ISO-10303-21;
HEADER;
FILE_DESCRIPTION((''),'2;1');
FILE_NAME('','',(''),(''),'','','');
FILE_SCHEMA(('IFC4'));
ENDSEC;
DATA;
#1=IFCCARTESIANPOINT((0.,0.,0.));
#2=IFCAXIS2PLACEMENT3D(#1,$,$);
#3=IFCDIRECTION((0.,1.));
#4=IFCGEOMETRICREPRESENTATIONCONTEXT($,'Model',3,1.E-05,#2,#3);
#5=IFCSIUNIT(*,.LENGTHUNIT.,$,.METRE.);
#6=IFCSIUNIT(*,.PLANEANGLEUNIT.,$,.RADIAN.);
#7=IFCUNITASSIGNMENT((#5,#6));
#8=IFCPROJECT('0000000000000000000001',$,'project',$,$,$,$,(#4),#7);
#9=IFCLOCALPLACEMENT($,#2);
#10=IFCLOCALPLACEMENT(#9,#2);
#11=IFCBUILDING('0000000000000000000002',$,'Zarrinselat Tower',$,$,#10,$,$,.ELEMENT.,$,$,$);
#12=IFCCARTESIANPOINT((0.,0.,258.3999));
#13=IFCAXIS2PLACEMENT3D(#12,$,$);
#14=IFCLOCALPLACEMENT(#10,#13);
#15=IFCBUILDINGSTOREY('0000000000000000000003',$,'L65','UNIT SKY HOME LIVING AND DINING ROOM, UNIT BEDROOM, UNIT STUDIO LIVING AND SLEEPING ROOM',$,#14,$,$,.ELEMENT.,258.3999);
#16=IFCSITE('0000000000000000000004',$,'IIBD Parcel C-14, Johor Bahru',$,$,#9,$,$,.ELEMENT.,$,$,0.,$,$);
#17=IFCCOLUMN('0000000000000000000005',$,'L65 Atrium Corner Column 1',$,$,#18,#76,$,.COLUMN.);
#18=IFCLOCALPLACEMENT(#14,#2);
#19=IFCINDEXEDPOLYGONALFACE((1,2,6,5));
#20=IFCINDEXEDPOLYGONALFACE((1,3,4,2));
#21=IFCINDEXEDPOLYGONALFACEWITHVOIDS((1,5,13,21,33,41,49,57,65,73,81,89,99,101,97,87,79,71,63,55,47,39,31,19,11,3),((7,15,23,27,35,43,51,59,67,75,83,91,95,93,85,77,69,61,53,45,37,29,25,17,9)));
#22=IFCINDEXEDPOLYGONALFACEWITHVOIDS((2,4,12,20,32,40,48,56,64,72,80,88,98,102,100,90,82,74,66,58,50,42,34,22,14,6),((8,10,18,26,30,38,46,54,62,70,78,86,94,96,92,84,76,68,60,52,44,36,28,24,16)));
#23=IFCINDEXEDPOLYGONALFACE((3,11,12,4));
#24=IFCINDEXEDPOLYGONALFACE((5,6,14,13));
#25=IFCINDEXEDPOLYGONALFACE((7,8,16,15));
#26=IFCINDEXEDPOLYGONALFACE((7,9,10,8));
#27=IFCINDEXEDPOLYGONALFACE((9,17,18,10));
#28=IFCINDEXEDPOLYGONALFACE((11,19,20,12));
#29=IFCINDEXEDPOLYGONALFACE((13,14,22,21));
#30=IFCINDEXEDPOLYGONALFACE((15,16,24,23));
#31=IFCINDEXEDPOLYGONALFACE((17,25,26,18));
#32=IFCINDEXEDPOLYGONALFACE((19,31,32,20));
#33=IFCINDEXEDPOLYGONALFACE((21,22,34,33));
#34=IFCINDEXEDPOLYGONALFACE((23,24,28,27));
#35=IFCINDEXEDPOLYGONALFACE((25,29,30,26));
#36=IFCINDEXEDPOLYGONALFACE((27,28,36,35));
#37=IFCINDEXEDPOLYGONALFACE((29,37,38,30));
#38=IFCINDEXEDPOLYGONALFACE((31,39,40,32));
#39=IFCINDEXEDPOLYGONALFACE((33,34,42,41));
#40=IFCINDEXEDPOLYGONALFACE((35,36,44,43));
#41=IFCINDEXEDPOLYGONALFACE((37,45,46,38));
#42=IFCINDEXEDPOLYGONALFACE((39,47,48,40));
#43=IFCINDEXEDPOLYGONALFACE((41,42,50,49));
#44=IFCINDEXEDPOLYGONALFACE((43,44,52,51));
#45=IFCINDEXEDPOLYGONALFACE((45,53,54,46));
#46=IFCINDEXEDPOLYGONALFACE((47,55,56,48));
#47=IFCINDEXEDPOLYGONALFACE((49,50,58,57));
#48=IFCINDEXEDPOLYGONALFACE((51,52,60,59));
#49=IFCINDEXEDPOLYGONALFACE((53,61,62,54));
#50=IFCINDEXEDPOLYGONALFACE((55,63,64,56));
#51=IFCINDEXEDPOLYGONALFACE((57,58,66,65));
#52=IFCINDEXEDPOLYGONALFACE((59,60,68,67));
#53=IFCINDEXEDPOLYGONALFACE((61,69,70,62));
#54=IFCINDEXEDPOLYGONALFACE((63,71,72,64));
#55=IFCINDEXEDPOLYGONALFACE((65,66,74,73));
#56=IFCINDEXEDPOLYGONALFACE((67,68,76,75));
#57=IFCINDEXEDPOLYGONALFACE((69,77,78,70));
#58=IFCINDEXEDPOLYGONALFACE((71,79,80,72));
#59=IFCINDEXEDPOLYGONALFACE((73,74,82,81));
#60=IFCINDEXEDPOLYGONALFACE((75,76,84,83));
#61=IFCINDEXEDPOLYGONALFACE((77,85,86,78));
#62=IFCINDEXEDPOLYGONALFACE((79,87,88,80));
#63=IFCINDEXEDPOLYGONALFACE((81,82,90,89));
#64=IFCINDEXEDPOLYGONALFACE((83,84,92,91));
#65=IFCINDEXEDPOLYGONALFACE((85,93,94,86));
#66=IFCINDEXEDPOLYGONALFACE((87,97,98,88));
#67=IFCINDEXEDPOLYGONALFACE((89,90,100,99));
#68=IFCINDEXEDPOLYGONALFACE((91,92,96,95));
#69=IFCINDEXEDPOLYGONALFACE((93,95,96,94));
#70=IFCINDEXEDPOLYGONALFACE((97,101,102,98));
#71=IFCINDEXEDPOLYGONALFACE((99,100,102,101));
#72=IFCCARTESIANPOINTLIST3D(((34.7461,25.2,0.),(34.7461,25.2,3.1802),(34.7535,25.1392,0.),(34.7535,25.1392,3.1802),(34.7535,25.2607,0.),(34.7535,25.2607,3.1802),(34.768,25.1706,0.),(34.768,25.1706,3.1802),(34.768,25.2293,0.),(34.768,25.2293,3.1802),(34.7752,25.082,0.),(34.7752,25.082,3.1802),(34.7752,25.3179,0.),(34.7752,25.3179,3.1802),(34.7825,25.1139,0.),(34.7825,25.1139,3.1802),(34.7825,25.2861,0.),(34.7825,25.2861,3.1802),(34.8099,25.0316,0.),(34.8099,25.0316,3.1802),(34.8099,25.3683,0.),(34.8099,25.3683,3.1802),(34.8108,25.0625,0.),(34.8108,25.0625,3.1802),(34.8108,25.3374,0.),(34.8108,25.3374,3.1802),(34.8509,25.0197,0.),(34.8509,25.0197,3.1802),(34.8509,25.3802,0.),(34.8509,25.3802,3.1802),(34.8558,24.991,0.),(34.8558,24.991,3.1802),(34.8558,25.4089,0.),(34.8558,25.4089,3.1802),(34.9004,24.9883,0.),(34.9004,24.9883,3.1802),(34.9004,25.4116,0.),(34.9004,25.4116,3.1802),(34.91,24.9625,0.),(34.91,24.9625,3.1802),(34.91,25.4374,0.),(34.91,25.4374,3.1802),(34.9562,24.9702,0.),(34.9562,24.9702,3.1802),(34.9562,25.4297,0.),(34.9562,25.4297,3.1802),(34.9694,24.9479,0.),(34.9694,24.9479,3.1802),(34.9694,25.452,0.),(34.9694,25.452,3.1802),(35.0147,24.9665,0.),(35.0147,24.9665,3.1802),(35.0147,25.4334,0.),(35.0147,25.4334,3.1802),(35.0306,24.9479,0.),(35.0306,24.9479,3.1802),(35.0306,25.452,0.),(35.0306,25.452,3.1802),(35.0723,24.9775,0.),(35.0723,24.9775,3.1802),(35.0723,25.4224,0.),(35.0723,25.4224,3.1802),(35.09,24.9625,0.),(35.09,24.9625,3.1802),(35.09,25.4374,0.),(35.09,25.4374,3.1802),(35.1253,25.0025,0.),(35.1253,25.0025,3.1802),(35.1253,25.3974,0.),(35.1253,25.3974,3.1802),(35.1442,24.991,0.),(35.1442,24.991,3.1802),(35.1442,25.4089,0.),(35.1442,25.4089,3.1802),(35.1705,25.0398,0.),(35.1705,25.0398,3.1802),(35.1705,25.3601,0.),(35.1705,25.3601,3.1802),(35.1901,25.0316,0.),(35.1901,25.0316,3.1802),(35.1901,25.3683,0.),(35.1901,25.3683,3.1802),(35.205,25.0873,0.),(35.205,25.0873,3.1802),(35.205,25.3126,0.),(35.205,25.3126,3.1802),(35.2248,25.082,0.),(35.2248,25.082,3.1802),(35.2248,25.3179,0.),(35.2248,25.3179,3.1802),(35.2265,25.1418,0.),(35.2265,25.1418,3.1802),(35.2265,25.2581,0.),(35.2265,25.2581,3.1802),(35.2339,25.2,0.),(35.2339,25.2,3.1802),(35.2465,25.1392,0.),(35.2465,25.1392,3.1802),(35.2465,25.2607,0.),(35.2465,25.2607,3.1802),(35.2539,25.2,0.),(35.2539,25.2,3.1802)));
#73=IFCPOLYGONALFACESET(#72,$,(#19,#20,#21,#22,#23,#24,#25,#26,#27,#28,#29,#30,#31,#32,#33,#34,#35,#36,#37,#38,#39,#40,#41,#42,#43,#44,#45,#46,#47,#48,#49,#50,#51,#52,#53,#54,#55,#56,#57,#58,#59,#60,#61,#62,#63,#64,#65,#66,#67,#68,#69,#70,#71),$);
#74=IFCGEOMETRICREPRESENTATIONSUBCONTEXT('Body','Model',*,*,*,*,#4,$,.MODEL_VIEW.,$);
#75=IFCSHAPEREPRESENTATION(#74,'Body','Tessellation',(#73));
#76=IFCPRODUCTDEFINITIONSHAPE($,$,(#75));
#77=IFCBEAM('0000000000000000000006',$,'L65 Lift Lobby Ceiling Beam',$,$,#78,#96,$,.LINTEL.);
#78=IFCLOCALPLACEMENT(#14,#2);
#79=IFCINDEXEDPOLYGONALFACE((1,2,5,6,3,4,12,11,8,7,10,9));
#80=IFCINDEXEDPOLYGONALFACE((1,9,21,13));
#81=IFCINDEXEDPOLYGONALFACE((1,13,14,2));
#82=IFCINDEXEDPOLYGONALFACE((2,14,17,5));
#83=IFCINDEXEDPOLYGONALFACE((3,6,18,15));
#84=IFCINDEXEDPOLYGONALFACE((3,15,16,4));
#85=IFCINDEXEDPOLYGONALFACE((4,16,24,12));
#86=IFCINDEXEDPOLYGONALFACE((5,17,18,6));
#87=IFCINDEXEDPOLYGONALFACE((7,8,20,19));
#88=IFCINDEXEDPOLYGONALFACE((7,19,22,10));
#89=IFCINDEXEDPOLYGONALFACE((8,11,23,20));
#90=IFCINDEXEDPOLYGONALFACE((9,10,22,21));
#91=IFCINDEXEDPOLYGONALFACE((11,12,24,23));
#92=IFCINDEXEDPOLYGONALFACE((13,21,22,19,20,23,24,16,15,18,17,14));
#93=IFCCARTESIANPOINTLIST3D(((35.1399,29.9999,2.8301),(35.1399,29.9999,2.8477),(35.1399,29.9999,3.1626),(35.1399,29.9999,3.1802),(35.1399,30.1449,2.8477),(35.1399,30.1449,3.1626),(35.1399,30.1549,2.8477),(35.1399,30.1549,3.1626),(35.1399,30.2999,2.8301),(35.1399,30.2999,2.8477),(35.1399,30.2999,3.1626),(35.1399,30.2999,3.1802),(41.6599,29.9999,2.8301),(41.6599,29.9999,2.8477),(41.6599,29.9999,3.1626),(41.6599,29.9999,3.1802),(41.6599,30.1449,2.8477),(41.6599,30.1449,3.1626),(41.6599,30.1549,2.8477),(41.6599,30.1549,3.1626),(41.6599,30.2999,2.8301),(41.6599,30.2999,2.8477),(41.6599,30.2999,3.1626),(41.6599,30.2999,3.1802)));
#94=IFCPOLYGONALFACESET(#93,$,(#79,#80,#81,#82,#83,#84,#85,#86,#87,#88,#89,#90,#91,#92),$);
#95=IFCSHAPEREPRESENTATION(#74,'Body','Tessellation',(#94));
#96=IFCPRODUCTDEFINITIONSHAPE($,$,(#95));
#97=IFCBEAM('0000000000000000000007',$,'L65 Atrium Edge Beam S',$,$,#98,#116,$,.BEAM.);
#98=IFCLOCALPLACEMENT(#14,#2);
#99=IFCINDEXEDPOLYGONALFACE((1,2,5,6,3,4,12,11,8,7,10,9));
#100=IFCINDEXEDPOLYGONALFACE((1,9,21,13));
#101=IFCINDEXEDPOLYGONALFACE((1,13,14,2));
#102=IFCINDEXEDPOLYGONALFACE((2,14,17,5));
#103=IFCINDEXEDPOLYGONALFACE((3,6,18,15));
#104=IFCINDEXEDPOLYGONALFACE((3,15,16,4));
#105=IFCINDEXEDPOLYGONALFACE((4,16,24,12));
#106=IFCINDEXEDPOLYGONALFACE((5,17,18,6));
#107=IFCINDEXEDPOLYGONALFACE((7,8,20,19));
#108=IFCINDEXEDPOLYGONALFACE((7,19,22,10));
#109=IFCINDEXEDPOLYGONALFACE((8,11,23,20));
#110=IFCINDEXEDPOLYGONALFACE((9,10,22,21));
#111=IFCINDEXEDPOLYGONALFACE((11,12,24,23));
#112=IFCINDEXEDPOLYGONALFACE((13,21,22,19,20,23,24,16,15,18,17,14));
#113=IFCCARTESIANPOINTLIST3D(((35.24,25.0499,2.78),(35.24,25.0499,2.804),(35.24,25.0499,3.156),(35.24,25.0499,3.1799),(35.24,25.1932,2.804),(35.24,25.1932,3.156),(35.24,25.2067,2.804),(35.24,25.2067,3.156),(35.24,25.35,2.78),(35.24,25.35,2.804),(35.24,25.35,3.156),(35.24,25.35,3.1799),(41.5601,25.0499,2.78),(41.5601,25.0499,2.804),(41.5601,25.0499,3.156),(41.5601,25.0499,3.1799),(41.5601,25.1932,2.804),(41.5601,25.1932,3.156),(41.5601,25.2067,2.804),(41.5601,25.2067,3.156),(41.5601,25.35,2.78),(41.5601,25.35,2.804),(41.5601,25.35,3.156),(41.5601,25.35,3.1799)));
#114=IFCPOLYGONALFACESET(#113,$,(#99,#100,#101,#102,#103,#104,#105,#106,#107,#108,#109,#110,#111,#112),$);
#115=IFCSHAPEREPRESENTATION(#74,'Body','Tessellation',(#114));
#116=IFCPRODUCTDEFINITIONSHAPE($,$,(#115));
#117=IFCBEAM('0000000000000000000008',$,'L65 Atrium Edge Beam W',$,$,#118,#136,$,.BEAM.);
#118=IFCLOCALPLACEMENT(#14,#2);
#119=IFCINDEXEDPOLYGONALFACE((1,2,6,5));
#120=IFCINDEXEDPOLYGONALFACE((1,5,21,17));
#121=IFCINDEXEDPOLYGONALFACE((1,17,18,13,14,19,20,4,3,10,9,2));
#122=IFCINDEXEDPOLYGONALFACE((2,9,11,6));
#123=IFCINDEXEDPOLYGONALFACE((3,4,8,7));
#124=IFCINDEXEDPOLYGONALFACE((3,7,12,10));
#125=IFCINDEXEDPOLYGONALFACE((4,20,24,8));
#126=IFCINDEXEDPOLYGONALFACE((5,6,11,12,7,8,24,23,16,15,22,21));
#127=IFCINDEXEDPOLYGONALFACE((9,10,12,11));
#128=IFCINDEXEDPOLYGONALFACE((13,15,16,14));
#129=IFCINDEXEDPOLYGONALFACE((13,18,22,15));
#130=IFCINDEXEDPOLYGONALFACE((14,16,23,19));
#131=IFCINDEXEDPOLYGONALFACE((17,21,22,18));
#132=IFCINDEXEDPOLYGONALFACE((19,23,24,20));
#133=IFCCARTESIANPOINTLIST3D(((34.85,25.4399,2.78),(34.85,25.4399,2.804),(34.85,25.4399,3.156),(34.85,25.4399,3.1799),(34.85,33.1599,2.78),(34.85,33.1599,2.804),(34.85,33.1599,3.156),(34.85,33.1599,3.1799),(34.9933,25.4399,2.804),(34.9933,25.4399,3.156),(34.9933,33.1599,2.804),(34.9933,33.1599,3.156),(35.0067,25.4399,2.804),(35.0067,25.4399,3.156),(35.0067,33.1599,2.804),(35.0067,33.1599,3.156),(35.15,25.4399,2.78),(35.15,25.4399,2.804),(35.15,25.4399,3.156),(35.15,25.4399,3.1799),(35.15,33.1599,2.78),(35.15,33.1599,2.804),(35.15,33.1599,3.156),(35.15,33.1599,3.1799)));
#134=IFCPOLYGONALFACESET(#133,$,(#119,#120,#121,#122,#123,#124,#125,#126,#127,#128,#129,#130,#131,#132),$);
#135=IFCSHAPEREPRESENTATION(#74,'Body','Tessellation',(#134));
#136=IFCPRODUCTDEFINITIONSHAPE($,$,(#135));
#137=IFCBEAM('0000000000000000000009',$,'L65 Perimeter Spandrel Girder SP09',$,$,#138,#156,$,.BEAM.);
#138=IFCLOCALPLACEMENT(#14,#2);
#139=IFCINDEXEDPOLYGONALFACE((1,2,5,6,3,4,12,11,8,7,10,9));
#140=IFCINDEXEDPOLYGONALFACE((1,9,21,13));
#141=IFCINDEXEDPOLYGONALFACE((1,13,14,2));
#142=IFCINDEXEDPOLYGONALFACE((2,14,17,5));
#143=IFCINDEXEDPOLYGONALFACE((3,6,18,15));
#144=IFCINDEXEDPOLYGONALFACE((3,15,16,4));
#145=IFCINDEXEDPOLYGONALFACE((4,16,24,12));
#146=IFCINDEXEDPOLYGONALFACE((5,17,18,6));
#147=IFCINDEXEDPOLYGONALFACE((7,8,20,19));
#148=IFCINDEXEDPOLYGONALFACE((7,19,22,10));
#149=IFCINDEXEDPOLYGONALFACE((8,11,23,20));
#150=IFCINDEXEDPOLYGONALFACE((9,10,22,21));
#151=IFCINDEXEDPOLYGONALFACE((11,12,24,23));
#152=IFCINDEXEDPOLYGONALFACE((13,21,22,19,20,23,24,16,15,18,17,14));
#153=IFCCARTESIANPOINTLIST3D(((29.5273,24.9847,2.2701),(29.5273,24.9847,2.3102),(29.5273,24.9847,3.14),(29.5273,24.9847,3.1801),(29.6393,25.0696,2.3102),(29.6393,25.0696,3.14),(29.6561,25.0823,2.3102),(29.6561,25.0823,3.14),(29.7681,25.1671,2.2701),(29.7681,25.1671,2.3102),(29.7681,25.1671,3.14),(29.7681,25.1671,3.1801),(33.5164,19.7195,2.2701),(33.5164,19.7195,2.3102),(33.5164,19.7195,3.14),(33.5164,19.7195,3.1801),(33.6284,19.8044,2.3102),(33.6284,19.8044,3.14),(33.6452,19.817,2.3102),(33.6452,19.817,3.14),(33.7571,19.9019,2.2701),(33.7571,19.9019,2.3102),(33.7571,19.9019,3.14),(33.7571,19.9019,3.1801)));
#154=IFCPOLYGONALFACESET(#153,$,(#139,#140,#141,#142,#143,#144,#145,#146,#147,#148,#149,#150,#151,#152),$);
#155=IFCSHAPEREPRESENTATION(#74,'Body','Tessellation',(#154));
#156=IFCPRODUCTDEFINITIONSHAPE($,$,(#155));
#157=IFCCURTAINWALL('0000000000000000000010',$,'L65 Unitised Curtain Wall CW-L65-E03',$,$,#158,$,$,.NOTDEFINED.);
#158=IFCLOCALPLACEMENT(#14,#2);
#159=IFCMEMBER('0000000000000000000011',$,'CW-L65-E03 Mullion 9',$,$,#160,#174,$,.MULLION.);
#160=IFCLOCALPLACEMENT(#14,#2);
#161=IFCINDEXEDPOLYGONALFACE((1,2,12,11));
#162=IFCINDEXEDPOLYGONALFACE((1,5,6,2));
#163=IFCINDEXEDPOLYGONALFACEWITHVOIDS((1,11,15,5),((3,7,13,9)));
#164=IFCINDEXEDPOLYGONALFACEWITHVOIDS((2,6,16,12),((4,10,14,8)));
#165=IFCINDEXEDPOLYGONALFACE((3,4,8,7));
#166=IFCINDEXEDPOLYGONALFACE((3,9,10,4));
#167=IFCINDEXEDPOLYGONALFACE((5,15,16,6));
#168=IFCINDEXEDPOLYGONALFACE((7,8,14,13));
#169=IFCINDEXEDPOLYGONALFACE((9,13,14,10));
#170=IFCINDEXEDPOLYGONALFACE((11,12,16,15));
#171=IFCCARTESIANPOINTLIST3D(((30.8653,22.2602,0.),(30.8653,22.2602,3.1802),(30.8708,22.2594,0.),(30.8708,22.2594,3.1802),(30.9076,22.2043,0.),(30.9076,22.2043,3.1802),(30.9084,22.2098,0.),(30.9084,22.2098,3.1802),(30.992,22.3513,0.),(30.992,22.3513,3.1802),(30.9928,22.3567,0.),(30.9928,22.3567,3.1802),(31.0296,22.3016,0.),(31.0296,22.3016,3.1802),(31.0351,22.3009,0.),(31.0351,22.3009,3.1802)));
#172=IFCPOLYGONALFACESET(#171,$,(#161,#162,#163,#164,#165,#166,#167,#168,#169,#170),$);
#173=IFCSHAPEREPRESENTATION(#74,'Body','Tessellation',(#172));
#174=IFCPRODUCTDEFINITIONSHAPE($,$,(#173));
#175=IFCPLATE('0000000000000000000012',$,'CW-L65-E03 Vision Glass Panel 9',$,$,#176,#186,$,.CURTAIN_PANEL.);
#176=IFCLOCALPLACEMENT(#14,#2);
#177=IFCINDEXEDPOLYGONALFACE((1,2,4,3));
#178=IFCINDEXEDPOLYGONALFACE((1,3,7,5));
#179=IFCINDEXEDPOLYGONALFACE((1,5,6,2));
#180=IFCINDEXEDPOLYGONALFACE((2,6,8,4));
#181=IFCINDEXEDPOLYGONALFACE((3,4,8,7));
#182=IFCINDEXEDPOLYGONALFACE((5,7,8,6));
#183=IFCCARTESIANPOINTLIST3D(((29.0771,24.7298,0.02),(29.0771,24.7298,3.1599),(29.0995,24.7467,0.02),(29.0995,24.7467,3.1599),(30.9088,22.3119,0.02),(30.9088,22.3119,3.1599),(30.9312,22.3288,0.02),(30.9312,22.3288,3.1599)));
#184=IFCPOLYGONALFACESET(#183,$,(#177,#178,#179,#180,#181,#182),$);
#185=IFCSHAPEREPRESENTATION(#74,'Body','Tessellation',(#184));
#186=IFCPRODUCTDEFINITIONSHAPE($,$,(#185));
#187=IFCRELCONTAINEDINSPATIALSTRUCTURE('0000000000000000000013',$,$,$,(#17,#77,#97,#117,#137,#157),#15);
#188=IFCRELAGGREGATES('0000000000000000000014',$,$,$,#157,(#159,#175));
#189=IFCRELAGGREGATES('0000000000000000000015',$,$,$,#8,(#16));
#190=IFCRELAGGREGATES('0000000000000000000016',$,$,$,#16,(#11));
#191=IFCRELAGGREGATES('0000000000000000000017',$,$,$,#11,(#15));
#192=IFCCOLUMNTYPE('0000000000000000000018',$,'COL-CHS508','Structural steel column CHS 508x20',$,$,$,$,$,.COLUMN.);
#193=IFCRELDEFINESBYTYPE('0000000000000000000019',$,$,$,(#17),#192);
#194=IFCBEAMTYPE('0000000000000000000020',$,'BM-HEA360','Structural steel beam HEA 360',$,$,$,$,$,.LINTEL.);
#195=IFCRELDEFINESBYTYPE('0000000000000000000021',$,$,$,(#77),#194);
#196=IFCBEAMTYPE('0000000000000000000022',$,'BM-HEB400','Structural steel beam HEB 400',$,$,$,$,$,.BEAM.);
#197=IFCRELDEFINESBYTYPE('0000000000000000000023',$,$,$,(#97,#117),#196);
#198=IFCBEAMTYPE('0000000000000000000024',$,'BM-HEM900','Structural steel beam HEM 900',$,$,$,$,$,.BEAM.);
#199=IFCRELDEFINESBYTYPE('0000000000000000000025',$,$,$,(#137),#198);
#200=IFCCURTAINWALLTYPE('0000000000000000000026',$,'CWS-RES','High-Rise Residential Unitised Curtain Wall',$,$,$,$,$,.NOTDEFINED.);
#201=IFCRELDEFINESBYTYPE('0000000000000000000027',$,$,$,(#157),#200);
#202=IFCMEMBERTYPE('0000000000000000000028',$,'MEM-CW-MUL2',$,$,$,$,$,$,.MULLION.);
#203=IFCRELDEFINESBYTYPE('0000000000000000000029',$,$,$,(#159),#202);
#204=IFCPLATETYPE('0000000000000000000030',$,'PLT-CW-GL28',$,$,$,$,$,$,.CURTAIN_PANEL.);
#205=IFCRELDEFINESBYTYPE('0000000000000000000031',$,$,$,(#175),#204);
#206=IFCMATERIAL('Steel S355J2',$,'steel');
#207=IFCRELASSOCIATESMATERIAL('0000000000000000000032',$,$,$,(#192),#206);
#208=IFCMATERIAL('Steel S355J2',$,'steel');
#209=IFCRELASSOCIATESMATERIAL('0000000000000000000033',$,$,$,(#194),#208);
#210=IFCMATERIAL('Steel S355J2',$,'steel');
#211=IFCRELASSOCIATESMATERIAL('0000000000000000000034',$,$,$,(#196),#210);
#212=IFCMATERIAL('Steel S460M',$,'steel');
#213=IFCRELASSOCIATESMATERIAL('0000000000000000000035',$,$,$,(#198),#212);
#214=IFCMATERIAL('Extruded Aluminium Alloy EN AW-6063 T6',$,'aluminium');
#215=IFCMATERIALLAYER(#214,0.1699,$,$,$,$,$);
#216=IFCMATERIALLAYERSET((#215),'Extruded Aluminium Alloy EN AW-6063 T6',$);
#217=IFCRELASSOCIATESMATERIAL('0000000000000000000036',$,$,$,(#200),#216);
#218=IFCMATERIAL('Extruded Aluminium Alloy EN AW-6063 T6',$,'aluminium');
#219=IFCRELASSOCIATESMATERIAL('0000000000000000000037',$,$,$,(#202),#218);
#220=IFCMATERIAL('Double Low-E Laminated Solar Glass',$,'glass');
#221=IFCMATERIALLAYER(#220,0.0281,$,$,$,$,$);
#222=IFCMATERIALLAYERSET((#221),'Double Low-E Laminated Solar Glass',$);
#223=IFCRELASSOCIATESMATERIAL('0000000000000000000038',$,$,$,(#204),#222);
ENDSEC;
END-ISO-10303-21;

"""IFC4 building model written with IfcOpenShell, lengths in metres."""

from ifc_helpers import new_model, si_unit, direction, frame, origin, origin_2d, place, context, subcontext, project, spatial, rectangle, hollow_rectangle, hollow_circle, i_section, extrude, material, layer, layer_set, material_profile, profile_set, type_object, element, aggregate, save


model = new_model("IFC4")

# Units and contexts
model_context = context("Model", 3, precision=1e-05, world=origin(), true_north=direction((0.0, 1.0)))
body_context = subcontext(model_context, "Body", "Model", "MODEL_VIEW")
ifc_project = project(units=[si_unit("LENGTHUNIT", "METRE"), si_unit("PLANEANGLEUNIT", "RADIAN")], contexts=[model_context])

# Site, building, storey
site_placement = place(None, origin())
site = spatial("IfcSite", under=ifc_project, at=site_placement, Name="IIBD Parcel C-14, Johor Bahru", CompositionType="ELEMENT", RefElevation=0.0)
building_placement = place(site_placement, origin())
building = spatial("IfcBuilding", under=site, at=building_placement, Name="Zarrinselat Tower", CompositionType="ELEMENT")
storey_placement = place(building_placement, frame((0.0, 0.0, 258.3999)))
storey = spatial("IfcBuildingStorey", under=building, at=storey_placement, Name="L65", Description="UNIT SKY HOME LIVING AND DINING ROOM, UNIT BEDROOM, UNIT STUDIO LIVING AND SLEEPING ROOM", CompositionType="ELEMENT", Elevation=258.3999)

# Column
ifc_material_1 = material(Name="Steel S355J2", Category="steel")
ifc_material_profile_1 = material_profile(ifc_material_1, hollow_circle(Radius=0.2539, WallThickness=0.02, at=origin_2d()), Name="CHS 508x20")
ifc_profile_set_1 = profile_set([ifc_material_profile_1], Name="Steel S355J2")
column_type = type_object("IfcColumnType", Name="COL-CHS508", Description="Structural steel column CHS 508x20", PredefinedType="COLUMN", material=ifc_profile_set_1)
column_placement = place(storey_placement, frame((35.0, 25.2, 0.0), z_axis=(0.0, 0.0, 1.0), x_axis=(1.0, 0.0, 0.0)))
element("IfcColumn", 1, at=column_placement, inside=storey, type_object=column_type, Name="L65 Atrium Corner Column 1", PredefinedType="COLUMN", context=body_context, shape_type="SweptSolid", body=[
    extrude(hollow_circle(Radius=0.2539, WallThickness=0.02, at=origin_2d()), origin(), (0.0, 0.0, 1.0), 3.1802),
])

# Beams
ifc_material_2 = material(Name="Steel S355J2", Category="steel")
ifc_material_profile_2 = material_profile(ifc_material_2, i_section(OverallWidth=0.3, OverallDepth=0.3501, WebThickness=0.01, FlangeThickness=0.0176, at=origin_2d()), Name="HEA 360")
ifc_profile_set_2 = profile_set([ifc_material_profile_2], Name="Steel S355J2")
beam_type_1 = type_object("IfcBeamType", Name="BM-HEA360", Description="Structural steel beam HEA 360", PredefinedType="LINTEL", material=ifc_profile_set_2)
beam_1_placement = place(storey_placement, frame((35.1399, 30.1499, 3.0051), z_axis=(1.0, 0.0, 0.0), x_axis=(0.0, 1.0, 0.0)))
element("IfcBeam", 2, at=beam_1_placement, inside=storey, type_object=beam_type_1, Name="L65 Lift Lobby Ceiling Beam", PredefinedType="LINTEL", context=body_context, shape_type="SweptSolid", body=[
    extrude(i_section(OverallWidth=0.3, OverallDepth=0.3501, WebThickness=0.01, FlangeThickness=0.0176, at=origin_2d()), origin(), (0.0, 0.0, 1.0), 6.52),
])
ifc_material_3 = material(Name="Steel S355J2", Category="steel")
ifc_material_profile_3 = material_profile(ifc_material_3, i_section(OverallWidth=0.3, OverallDepth=0.3999, WebThickness=0.0134, FlangeThickness=0.0239, at=origin_2d()), Name="HEB 400")
ifc_profile_set_3 = profile_set([ifc_material_profile_3], Name="Steel S355J2")
beam_type_2 = type_object("IfcBeamType", Name="BM-HEB400", Description="Structural steel beam HEB 400", PredefinedType="BEAM", material=ifc_profile_set_3)
beam_2_placement = place(storey_placement, frame((35.24, 25.2, 2.98), z_axis=(1.0, 0.0, 0.0), x_axis=(0.0, 1.0, 0.0)))
element("IfcBeam", 3, at=beam_2_placement, inside=storey, type_object=beam_type_2, Name="L65 Atrium Edge Beam S", PredefinedType="BEAM", context=body_context, shape_type="SweptSolid", body=[
    extrude(i_section(OverallWidth=0.3, OverallDepth=0.3999, WebThickness=0.0134, FlangeThickness=0.0239, at=origin_2d()), origin(), (0.0, 0.0, 1.0), 6.3201),
])
beam_3_placement = place(storey_placement, frame((35.0, 25.4399, 2.98), z_axis=(0.0, 1.0, 0.0), x_axis=(-1.0, 0.0, 0.0)))
element("IfcBeam", 4, at=beam_3_placement, inside=storey, type_object=beam_type_2, Name="L65 Atrium Edge Beam W", PredefinedType="BEAM", context=body_context, shape_type="SweptSolid", body=[
    extrude(i_section(OverallWidth=0.3, OverallDepth=0.3999, WebThickness=0.0134, FlangeThickness=0.0239, at=origin_2d()), origin(), (0.0, 0.0, 1.0), 7.72),
])
ifc_material_4 = material(Name="Steel S460M", Category="steel")
ifc_material_profile_4 = material_profile(ifc_material_4, i_section(OverallWidth=0.302, OverallDepth=0.9099, WebThickness=0.021, FlangeThickness=0.04, at=origin_2d()), Name="HEM 900")
ifc_profile_set_4 = profile_set([ifc_material_profile_4], Name="Steel S460M")
beam_type_3 = type_object("IfcBeamType", Name="BM-HEM900", Description="Structural steel beam HEM 900", PredefinedType="BEAM", material=ifc_profile_set_4)
beam_4_placement = place(storey_placement, frame((29.6477, 25.0759, 2.7251), z_axis=(0.603884, -0.797072, 0.0), x_axis=(0.797072, 0.603884, 0.0)))
element("IfcBeam", 5, at=beam_4_placement, inside=storey, type_object=beam_type_3, Name="L65 Perimeter Spandrel Girder SP09", PredefinedType="BEAM", context=body_context, shape_type="SweptSolid", body=[
    extrude(i_section(OverallWidth=0.302, OverallDepth=0.9099, WebThickness=0.021, FlangeThickness=0.04, at=origin_2d()), origin(), (0.0, 0.0, 1.0), 6.6057),
])

# Curtain wall, member, plate
ifc_material_5 = material(Name="Extruded Aluminium Alloy EN AW-6063 T6", Category="aluminium")
ifc_layer_1 = layer(ifc_material_5, 0.1699)
ifc_layer_set_1 = layer_set([ifc_layer_1], Name="Extruded Aluminium Alloy EN AW-6063 T6")
curtain_wall_type = type_object("IfcCurtainWallType", Name="CWS-RES", Description="High-Rise Residential Unitised Curtain Wall", PredefinedType="NOTDEFINED", material=ifc_layer_set_1)
curtain_wall_placement = place(storey_placement, origin())
curtain_wall = element("IfcCurtainWall", 6, at=curtain_wall_placement, inside=storey, type_object=curtain_wall_type, Name="L65 Unitised Curtain Wall CW-L65-E03", PredefinedType="NOTDEFINED")
ifc_material_6 = material(Name="Extruded Aluminium Alloy EN AW-6063 T6", Category="aluminium")
ifc_material_profile_5 = material_profile(ifc_material_6, hollow_rectangle(XDim=0.0701, YDim=0.1599, WallThickness=0.0039, at=origin_2d()), Name="RHS 160x70x4")
ifc_profile_set_5 = profile_set([ifc_material_profile_5], Name="Extruded Aluminium Alloy EN AW-6063 T6")
member_type = type_object("IfcMemberType", Name="MEM-CW-MUL2", PredefinedType="MULLION", material=ifc_profile_set_5)
member_placement = place(storey_placement, frame((30.9502, 22.2805, 0.0), z_axis=(0.0, 0.0, 1.0), x_axis=(0.603858, -0.797092, 0.0)))
member = element("IfcMember", 7, at=member_placement, type_object=member_type, Name="CW-L65-E03 Mullion 9", PredefinedType="MULLION", context=body_context, shape_type="SweptSolid", body=[
    extrude(hollow_rectangle(XDim=0.0701, YDim=0.1599, WallThickness=0.0039, at=origin_2d()), origin(), (0.0, 0.0, 1.0), 3.1802),
])
ifc_material_7 = material(Name="Double Low-E Laminated Solar Glass", Category="glass")
ifc_layer_2 = layer(ifc_material_7, 0.0281)
ifc_layer_set_2 = layer_set([ifc_layer_2], Name="Double Low-E Laminated Solar Glass")
plate_type = type_object("IfcPlateType", Name="PLT-CW-GL28", PredefinedType="CURTAIN_PANEL", material=ifc_layer_set_2)
plate_placement = place(storey_placement, frame((30.0042, 23.5293, 0.02), z_axis=(0.0, 0.0, 1.0), x_axis=(0.603858, -0.797092, 0.0)))
plate = element("IfcPlate", 8, at=plate_placement, type_object=plate_type, Name="CW-L65-E03 Vision Glass Panel 9", PredefinedType="CURTAIN_PANEL", context=body_context, shape_type="SweptSolid", body=[
    extrude(rectangle(XDim=3.0334, YDim=0.0281, at=origin_2d()), origin(), (0.0, 0.0, 1.0), 3.1399),
])
aggregate(curtain_wall, [member, plate])

save(model, "model.ifc")
